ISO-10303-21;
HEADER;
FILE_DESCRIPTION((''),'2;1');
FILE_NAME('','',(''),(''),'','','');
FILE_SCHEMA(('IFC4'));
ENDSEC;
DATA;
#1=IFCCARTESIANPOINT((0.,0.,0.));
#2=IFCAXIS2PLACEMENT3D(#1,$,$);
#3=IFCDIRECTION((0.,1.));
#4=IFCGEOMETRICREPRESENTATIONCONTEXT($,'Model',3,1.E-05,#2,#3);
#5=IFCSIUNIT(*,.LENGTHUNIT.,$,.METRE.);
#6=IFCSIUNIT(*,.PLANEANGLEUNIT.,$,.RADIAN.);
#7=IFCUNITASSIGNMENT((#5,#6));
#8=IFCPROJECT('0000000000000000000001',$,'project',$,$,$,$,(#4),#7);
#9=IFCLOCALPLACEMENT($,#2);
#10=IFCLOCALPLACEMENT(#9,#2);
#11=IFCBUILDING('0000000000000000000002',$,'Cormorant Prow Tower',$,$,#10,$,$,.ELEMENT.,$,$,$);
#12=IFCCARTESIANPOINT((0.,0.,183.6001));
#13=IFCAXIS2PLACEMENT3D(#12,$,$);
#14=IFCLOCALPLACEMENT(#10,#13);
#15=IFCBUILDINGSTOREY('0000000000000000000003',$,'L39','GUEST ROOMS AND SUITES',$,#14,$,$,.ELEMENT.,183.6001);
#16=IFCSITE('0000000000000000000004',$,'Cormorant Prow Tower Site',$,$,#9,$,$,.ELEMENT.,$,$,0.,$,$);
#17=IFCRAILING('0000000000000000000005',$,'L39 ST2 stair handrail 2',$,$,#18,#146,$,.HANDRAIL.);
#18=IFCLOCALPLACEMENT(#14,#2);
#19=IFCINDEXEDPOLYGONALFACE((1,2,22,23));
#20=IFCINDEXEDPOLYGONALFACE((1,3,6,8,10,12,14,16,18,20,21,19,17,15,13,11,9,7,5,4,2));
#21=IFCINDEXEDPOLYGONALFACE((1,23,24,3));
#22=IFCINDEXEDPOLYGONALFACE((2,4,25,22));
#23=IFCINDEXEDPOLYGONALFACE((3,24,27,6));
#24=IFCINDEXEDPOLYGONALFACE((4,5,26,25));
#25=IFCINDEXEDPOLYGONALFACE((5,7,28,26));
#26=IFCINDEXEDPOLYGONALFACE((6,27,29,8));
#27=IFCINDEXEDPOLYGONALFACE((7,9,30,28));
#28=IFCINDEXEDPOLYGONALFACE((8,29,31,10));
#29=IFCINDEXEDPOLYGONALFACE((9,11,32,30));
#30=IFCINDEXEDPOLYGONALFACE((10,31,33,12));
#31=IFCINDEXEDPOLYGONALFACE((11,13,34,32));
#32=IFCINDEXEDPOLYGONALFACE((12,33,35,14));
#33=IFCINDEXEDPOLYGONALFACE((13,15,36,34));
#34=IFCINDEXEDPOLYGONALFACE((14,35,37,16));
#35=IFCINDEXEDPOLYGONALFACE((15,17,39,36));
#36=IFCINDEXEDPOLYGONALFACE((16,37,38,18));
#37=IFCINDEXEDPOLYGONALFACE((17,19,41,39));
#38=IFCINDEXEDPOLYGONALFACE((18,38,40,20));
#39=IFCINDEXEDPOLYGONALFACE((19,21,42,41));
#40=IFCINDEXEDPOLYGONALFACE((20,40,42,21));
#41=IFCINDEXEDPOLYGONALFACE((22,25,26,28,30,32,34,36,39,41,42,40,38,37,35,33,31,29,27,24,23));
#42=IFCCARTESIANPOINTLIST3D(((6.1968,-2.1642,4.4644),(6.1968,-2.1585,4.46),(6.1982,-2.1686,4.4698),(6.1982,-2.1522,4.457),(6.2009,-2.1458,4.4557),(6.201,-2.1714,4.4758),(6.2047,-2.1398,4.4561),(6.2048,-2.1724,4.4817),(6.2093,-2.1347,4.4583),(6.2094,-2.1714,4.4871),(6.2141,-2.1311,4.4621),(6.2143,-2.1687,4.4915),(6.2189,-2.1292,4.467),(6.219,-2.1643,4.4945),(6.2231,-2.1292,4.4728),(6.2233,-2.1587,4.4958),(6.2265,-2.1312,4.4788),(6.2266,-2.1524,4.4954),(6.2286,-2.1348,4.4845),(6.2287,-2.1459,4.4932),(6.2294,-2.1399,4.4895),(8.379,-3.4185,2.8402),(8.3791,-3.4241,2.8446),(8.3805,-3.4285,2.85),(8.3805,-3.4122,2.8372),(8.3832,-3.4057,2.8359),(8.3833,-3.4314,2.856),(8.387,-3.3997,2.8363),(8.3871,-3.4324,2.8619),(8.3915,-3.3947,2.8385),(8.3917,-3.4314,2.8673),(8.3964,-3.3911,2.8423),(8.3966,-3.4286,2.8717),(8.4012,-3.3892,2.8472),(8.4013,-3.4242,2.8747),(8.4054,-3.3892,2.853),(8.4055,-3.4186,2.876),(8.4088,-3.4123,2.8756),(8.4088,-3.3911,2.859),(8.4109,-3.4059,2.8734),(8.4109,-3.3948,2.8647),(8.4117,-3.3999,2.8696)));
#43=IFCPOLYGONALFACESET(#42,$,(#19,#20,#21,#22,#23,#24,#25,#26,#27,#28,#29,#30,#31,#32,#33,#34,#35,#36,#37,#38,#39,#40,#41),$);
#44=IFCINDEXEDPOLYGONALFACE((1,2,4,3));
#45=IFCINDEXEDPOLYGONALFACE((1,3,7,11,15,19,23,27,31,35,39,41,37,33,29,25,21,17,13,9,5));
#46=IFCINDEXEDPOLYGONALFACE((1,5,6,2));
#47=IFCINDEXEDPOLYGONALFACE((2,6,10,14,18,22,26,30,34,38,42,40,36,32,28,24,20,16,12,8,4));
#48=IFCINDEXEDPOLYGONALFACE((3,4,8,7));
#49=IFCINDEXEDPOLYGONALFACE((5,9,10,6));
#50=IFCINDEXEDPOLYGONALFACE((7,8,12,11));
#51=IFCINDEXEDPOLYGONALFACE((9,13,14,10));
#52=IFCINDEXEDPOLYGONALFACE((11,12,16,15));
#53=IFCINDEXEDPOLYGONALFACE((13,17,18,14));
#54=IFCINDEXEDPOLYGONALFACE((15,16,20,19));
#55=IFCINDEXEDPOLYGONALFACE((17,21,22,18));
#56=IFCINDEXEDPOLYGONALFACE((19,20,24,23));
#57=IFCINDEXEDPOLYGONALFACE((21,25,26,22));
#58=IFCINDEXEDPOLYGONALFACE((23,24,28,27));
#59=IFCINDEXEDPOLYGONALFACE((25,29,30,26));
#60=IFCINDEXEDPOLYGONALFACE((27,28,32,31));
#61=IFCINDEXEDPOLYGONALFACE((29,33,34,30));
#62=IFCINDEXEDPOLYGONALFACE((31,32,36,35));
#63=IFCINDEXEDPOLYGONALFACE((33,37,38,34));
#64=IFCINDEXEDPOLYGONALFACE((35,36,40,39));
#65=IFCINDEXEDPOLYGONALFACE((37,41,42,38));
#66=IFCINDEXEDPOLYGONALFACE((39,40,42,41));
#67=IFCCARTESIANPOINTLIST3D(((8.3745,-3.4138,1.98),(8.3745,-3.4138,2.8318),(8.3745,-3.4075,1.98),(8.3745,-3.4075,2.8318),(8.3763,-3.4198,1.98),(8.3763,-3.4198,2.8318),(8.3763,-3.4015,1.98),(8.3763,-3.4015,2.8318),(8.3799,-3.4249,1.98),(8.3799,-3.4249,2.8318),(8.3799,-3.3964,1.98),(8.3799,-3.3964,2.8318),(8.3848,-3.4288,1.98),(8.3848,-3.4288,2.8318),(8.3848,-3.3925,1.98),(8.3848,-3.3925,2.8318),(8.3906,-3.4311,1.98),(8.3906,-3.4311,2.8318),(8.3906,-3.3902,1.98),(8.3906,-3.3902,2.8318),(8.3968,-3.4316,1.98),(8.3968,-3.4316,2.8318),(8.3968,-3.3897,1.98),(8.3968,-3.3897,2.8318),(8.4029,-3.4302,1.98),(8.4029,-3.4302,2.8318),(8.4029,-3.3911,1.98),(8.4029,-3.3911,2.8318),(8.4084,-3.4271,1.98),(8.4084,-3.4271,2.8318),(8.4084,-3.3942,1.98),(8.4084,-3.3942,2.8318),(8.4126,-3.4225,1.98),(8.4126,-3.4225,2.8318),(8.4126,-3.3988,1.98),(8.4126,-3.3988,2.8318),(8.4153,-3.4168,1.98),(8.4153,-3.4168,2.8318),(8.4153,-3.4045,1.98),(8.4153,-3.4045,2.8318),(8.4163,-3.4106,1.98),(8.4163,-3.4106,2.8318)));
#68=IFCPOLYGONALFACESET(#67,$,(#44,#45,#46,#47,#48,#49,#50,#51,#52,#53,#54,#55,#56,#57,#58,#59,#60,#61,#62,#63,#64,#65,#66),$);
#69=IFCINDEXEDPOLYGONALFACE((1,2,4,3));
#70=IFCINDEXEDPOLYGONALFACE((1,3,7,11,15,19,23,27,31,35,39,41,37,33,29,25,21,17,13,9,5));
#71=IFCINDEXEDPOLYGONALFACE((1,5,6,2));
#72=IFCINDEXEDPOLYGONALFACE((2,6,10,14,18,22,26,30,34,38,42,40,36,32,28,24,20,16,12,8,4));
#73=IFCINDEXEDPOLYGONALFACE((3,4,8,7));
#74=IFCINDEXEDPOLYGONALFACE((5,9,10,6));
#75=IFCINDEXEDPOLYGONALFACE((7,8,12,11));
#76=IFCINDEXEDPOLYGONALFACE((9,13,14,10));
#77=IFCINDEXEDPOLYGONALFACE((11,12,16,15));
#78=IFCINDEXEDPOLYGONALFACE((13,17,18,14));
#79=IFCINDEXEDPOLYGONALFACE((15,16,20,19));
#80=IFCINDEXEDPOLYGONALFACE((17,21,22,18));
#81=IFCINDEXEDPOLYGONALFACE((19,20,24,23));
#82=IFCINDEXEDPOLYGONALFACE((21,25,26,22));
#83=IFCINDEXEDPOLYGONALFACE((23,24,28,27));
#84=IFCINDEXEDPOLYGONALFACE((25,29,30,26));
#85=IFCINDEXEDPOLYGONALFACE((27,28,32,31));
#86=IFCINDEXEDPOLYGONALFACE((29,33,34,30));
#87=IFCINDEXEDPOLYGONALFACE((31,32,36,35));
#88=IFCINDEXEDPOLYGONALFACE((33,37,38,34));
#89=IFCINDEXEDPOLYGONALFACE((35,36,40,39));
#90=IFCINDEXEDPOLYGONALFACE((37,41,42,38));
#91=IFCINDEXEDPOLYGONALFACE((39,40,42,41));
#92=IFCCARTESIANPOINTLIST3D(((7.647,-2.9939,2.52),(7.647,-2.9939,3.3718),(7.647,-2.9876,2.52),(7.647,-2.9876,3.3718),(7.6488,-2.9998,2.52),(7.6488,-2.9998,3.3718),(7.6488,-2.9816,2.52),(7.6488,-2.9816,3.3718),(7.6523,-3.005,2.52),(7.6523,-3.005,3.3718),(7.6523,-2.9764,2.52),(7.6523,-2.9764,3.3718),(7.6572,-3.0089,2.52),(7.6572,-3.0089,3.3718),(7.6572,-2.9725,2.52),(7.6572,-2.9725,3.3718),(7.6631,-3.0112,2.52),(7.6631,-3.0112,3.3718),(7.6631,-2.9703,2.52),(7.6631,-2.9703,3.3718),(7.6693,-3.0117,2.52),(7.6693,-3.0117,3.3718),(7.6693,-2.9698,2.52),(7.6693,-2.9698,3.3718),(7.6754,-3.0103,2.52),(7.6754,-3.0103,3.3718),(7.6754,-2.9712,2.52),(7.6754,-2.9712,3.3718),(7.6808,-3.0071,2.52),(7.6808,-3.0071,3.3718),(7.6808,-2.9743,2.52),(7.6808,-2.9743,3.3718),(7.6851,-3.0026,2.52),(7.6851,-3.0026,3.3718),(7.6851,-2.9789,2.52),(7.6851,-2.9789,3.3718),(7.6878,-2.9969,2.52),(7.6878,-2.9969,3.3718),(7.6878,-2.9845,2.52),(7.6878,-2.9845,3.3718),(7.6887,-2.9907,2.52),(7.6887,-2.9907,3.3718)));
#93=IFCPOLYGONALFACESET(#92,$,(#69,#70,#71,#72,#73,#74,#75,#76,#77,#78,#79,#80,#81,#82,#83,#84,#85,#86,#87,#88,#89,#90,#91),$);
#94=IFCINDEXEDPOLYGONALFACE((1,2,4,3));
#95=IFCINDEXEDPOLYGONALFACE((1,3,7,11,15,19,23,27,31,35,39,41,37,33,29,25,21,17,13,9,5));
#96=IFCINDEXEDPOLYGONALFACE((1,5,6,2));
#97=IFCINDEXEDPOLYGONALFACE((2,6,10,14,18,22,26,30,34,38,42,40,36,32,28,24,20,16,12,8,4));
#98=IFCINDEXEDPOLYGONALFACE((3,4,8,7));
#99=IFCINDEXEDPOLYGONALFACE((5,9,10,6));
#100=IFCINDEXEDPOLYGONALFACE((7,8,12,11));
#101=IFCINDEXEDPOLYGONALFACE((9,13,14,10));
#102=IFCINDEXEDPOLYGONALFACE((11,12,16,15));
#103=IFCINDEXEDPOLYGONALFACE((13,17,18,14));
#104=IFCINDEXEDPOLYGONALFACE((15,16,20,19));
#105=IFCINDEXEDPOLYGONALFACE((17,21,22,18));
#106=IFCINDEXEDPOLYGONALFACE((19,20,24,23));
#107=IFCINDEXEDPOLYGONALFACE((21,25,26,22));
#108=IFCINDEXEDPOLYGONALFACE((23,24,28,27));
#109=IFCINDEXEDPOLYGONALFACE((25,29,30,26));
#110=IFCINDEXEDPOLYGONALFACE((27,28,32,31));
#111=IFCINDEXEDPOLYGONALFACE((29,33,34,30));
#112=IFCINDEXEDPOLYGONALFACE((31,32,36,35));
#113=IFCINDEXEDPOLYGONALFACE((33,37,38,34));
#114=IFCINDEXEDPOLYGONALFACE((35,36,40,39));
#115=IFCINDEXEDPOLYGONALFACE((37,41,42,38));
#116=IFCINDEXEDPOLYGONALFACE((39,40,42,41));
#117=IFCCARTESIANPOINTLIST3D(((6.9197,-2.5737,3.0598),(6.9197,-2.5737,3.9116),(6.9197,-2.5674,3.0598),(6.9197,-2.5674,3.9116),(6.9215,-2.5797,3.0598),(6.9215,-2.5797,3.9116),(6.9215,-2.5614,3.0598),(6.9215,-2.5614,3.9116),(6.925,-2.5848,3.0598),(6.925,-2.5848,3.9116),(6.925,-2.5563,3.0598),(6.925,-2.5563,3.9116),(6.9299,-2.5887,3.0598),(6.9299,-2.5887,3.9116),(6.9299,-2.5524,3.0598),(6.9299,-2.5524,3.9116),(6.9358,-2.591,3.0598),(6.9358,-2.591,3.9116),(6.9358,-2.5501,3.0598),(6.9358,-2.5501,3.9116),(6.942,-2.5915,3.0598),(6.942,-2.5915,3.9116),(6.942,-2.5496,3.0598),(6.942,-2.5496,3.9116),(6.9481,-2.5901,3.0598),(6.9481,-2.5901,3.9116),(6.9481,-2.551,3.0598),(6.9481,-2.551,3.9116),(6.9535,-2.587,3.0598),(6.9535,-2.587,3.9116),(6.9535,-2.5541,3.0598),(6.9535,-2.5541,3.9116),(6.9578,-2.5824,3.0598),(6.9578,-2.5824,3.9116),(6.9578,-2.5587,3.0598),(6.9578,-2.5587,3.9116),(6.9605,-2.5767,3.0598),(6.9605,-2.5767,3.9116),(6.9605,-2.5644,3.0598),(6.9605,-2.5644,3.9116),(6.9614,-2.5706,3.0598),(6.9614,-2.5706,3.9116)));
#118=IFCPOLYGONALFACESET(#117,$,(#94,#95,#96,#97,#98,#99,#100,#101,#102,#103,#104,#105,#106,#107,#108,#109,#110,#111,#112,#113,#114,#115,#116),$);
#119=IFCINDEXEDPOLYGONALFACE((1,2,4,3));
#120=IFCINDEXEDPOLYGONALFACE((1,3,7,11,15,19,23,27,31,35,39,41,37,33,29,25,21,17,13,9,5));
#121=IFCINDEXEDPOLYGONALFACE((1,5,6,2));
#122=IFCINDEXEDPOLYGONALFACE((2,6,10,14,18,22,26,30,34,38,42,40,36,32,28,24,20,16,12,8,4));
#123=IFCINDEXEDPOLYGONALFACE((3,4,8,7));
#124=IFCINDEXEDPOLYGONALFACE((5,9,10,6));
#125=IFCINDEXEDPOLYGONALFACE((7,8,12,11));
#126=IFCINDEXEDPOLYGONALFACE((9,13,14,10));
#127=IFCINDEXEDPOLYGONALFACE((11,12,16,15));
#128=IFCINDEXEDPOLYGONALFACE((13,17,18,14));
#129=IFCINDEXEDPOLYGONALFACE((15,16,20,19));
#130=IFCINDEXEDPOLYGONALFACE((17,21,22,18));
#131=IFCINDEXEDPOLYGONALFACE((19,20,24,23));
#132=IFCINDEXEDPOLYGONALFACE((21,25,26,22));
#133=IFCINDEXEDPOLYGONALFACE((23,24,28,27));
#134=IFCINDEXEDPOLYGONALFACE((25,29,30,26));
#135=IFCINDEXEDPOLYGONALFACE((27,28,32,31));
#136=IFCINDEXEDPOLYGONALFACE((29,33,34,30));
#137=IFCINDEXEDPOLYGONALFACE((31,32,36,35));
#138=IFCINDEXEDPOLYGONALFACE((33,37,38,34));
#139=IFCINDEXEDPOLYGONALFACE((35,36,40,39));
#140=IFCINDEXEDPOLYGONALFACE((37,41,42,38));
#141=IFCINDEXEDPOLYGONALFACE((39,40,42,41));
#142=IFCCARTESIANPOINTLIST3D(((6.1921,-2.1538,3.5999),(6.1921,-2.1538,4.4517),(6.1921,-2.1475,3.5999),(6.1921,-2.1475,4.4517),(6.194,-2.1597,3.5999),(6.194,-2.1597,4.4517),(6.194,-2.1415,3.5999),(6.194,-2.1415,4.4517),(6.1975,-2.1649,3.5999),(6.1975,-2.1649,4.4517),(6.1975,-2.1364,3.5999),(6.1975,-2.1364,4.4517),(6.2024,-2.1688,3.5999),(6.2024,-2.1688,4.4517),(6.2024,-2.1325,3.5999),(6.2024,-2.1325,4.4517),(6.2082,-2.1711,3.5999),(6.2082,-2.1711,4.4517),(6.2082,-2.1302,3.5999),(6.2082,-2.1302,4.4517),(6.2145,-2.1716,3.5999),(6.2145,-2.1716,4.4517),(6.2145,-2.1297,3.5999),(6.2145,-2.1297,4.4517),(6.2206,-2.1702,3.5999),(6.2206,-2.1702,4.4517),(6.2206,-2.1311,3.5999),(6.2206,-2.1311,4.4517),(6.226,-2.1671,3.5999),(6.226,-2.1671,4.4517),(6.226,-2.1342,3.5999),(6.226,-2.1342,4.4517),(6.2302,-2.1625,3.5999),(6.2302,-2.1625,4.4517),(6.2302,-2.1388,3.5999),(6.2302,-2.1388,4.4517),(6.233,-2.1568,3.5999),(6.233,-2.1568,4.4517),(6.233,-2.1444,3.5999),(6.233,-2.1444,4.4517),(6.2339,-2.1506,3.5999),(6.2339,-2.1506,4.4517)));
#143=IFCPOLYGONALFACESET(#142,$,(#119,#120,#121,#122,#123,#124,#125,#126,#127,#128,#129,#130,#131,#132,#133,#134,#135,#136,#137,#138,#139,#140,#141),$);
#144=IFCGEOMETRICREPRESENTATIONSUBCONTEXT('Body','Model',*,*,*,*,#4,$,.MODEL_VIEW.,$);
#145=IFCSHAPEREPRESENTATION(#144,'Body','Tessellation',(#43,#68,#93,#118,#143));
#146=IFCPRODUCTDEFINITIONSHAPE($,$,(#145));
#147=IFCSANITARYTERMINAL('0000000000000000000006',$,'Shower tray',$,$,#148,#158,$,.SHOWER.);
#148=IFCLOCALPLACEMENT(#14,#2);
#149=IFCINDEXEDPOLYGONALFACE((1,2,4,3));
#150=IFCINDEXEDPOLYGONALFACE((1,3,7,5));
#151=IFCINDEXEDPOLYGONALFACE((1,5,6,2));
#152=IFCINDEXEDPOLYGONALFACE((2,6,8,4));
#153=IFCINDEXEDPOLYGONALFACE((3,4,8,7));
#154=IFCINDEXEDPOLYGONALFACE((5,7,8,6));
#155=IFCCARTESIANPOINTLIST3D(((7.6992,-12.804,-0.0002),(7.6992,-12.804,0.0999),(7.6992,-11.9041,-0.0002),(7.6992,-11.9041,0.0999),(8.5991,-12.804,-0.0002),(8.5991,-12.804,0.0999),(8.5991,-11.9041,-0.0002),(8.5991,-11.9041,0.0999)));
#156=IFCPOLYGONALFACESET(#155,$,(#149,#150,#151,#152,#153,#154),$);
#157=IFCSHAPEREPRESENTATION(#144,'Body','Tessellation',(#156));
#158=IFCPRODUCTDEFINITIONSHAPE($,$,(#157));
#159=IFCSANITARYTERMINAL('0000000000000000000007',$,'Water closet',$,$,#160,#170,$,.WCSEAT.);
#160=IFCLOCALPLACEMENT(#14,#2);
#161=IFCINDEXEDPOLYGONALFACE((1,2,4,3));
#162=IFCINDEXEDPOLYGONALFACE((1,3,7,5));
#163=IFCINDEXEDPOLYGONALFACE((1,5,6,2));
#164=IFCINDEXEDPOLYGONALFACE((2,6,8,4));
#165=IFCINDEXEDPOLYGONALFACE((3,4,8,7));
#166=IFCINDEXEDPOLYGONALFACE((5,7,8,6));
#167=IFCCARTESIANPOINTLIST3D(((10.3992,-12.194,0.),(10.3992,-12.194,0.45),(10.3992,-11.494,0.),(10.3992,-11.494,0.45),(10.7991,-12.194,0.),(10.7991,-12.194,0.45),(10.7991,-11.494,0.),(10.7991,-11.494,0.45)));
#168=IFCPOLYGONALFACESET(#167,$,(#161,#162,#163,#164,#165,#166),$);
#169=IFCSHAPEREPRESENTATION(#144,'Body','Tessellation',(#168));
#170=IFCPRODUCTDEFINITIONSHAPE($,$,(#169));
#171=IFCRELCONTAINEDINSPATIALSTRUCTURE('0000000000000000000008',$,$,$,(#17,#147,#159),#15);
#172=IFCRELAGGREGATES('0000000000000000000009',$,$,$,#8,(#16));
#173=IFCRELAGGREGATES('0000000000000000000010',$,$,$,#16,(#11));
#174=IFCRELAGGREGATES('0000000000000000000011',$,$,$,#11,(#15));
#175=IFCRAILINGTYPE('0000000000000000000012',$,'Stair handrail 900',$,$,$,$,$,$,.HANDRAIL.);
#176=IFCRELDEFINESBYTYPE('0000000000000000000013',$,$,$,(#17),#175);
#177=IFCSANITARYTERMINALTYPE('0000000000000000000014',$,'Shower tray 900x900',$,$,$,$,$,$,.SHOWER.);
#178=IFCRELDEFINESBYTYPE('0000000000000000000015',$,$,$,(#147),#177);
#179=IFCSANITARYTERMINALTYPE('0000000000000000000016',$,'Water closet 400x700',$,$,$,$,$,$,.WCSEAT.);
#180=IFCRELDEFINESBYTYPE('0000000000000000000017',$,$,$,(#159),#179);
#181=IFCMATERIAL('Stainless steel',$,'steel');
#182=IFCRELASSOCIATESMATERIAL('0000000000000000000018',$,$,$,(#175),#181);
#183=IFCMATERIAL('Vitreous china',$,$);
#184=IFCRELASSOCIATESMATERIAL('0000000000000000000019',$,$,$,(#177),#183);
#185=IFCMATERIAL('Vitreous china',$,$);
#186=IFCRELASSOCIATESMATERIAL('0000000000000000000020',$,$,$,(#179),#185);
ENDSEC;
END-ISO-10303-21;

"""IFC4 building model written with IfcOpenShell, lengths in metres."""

from ifc_helpers import new_model, si_unit, direction, frame, origin, origin_2d, place, context, subcontext, project, spatial, rectangle, circle, extrude, material, type_object, element, save


model = new_model("IFC4")

# Units and contexts
model_context = context("Model", 3, precision=1e-05, world=origin(), true_north=direction((0.0, 1.0)))
body_context = subcontext(model_context, "Body", "Model", "MODEL_VIEW")
ifc_project = project(units=[si_unit("LENGTHUNIT", "METRE"), si_unit("PLANEANGLEUNIT", "RADIAN")], contexts=[model_context])

# Site, building, storey
site_placement = place(None, origin())
site = spatial("IfcSite", under=ifc_project, at=site_placement, Name="Cormorant Prow Tower Site", CompositionType="ELEMENT", RefElevation=0.0)
building_placement = place(site_placement, origin())
building = spatial("IfcBuilding", under=site, at=building_placement, Name="Cormorant Prow Tower", CompositionType="ELEMENT")
storey_placement = place(building_placement, frame((0.0, 0.0, 183.6001)))
storey = spatial("IfcBuildingStorey", under=building, at=storey_placement, Name="L39", Description="GUEST ROOMS AND SUITES", CompositionType="ELEMENT", Elevation=183.6001)

# Railing
ifc_material_1 = material(Name="Stainless steel", Category="steel")
railing_type_1 = type_object("IfcRailingType", Name="Stair handrail 900", PredefinedType="HANDRAIL", material=ifc_material_1)
railing_1_placement = place(storey_placement, frame((8.3953, -3.4106, 1.98)))
element("IfcRailing", 1, at=railing_1_placement, inside=storey, type_object=railing_type_1, Name="L39 ST2 stair handrail 2", PredefinedType="HANDRAIL", context=body_context, shape_type="SweptSolid", body=[
    extrude(circle(Radius=0.0239, at=origin_2d()), frame((0.0, 0.0, 0.876), z_axis=(-0.728496, 0.420603, 0.540728), x_axis=(-0.500005, -0.866023, 0.0)), (0.0, 0.0, 1.0), 2.9956),
    extrude(circle(Radius=0.021, at=origin_2d()), origin(), (0.0, 0.0, 1.0), 0.8518),
    extrude(circle(Radius=0.021, at=origin_2d()), frame((-0.7275, 0.4199, 0.54)), (0.0, 0.0, 1.0), 0.8518),
    extrude(circle(Radius=0.021, at=origin_2d()), frame((-1.4548, 0.8401, 1.0798)), (0.0, 0.0, 1.0), 0.8518),
    extrude(circle(Radius=0.021, at=origin_2d()), frame((-2.1824, 1.26, 1.6199)), (0.0, 0.0, 1.0), 0.8518),
])

# Sanitary terminals
ifc_material_2 = material(Name="Vitreous china")
sanitary_terminal_type_1 = type_object("IfcSanitaryTerminalType", Name="Shower tray 900x900", PredefinedType="SHOWER", material=ifc_material_2)
sanitary_terminal_1_placement = place(storey_placement, frame((8.1492, -12.354, -0.0002), z_axis=(0.0, 0.0, 1.0), x_axis=(1.0, 0.0, 0.0)))
element("IfcSanitaryTerminal", 2, at=sanitary_terminal_1_placement, inside=storey, type_object=sanitary_terminal_type_1, Name="Shower tray", PredefinedType="SHOWER", context=body_context, shape_type="SweptSolid", body=[
    extrude(rectangle(XDim=0.8999, YDim=0.8999, at=origin_2d()), origin(), (0.0, 0.0, 1.0), 0.1001),
])
ifc_material_3 = material(Name="Vitreous china")
sanitary_terminal_type_2 = type_object("IfcSanitaryTerminalType", Name="Water closet 400x700", PredefinedType="WCSEAT", material=ifc_material_3)
sanitary_terminal_2_placement = place(storey_placement, frame((10.5991, -11.844, 0.0), z_axis=(0.0, 0.0, 1.0), x_axis=(1.0, 0.0, 0.0)))
element("IfcSanitaryTerminal", 3, at=sanitary_terminal_2_placement, inside=storey, type_object=sanitary_terminal_type_2, Name="Water closet", PredefinedType="WCSEAT", context=body_context, shape_type="SweptSolid", body=[
    extrude(rectangle(XDim=0.3999, YDim=0.7, at=origin_2d()), origin(), (0.0, 0.0, 1.0), 0.45),
])

save(model, "model.ifc")
